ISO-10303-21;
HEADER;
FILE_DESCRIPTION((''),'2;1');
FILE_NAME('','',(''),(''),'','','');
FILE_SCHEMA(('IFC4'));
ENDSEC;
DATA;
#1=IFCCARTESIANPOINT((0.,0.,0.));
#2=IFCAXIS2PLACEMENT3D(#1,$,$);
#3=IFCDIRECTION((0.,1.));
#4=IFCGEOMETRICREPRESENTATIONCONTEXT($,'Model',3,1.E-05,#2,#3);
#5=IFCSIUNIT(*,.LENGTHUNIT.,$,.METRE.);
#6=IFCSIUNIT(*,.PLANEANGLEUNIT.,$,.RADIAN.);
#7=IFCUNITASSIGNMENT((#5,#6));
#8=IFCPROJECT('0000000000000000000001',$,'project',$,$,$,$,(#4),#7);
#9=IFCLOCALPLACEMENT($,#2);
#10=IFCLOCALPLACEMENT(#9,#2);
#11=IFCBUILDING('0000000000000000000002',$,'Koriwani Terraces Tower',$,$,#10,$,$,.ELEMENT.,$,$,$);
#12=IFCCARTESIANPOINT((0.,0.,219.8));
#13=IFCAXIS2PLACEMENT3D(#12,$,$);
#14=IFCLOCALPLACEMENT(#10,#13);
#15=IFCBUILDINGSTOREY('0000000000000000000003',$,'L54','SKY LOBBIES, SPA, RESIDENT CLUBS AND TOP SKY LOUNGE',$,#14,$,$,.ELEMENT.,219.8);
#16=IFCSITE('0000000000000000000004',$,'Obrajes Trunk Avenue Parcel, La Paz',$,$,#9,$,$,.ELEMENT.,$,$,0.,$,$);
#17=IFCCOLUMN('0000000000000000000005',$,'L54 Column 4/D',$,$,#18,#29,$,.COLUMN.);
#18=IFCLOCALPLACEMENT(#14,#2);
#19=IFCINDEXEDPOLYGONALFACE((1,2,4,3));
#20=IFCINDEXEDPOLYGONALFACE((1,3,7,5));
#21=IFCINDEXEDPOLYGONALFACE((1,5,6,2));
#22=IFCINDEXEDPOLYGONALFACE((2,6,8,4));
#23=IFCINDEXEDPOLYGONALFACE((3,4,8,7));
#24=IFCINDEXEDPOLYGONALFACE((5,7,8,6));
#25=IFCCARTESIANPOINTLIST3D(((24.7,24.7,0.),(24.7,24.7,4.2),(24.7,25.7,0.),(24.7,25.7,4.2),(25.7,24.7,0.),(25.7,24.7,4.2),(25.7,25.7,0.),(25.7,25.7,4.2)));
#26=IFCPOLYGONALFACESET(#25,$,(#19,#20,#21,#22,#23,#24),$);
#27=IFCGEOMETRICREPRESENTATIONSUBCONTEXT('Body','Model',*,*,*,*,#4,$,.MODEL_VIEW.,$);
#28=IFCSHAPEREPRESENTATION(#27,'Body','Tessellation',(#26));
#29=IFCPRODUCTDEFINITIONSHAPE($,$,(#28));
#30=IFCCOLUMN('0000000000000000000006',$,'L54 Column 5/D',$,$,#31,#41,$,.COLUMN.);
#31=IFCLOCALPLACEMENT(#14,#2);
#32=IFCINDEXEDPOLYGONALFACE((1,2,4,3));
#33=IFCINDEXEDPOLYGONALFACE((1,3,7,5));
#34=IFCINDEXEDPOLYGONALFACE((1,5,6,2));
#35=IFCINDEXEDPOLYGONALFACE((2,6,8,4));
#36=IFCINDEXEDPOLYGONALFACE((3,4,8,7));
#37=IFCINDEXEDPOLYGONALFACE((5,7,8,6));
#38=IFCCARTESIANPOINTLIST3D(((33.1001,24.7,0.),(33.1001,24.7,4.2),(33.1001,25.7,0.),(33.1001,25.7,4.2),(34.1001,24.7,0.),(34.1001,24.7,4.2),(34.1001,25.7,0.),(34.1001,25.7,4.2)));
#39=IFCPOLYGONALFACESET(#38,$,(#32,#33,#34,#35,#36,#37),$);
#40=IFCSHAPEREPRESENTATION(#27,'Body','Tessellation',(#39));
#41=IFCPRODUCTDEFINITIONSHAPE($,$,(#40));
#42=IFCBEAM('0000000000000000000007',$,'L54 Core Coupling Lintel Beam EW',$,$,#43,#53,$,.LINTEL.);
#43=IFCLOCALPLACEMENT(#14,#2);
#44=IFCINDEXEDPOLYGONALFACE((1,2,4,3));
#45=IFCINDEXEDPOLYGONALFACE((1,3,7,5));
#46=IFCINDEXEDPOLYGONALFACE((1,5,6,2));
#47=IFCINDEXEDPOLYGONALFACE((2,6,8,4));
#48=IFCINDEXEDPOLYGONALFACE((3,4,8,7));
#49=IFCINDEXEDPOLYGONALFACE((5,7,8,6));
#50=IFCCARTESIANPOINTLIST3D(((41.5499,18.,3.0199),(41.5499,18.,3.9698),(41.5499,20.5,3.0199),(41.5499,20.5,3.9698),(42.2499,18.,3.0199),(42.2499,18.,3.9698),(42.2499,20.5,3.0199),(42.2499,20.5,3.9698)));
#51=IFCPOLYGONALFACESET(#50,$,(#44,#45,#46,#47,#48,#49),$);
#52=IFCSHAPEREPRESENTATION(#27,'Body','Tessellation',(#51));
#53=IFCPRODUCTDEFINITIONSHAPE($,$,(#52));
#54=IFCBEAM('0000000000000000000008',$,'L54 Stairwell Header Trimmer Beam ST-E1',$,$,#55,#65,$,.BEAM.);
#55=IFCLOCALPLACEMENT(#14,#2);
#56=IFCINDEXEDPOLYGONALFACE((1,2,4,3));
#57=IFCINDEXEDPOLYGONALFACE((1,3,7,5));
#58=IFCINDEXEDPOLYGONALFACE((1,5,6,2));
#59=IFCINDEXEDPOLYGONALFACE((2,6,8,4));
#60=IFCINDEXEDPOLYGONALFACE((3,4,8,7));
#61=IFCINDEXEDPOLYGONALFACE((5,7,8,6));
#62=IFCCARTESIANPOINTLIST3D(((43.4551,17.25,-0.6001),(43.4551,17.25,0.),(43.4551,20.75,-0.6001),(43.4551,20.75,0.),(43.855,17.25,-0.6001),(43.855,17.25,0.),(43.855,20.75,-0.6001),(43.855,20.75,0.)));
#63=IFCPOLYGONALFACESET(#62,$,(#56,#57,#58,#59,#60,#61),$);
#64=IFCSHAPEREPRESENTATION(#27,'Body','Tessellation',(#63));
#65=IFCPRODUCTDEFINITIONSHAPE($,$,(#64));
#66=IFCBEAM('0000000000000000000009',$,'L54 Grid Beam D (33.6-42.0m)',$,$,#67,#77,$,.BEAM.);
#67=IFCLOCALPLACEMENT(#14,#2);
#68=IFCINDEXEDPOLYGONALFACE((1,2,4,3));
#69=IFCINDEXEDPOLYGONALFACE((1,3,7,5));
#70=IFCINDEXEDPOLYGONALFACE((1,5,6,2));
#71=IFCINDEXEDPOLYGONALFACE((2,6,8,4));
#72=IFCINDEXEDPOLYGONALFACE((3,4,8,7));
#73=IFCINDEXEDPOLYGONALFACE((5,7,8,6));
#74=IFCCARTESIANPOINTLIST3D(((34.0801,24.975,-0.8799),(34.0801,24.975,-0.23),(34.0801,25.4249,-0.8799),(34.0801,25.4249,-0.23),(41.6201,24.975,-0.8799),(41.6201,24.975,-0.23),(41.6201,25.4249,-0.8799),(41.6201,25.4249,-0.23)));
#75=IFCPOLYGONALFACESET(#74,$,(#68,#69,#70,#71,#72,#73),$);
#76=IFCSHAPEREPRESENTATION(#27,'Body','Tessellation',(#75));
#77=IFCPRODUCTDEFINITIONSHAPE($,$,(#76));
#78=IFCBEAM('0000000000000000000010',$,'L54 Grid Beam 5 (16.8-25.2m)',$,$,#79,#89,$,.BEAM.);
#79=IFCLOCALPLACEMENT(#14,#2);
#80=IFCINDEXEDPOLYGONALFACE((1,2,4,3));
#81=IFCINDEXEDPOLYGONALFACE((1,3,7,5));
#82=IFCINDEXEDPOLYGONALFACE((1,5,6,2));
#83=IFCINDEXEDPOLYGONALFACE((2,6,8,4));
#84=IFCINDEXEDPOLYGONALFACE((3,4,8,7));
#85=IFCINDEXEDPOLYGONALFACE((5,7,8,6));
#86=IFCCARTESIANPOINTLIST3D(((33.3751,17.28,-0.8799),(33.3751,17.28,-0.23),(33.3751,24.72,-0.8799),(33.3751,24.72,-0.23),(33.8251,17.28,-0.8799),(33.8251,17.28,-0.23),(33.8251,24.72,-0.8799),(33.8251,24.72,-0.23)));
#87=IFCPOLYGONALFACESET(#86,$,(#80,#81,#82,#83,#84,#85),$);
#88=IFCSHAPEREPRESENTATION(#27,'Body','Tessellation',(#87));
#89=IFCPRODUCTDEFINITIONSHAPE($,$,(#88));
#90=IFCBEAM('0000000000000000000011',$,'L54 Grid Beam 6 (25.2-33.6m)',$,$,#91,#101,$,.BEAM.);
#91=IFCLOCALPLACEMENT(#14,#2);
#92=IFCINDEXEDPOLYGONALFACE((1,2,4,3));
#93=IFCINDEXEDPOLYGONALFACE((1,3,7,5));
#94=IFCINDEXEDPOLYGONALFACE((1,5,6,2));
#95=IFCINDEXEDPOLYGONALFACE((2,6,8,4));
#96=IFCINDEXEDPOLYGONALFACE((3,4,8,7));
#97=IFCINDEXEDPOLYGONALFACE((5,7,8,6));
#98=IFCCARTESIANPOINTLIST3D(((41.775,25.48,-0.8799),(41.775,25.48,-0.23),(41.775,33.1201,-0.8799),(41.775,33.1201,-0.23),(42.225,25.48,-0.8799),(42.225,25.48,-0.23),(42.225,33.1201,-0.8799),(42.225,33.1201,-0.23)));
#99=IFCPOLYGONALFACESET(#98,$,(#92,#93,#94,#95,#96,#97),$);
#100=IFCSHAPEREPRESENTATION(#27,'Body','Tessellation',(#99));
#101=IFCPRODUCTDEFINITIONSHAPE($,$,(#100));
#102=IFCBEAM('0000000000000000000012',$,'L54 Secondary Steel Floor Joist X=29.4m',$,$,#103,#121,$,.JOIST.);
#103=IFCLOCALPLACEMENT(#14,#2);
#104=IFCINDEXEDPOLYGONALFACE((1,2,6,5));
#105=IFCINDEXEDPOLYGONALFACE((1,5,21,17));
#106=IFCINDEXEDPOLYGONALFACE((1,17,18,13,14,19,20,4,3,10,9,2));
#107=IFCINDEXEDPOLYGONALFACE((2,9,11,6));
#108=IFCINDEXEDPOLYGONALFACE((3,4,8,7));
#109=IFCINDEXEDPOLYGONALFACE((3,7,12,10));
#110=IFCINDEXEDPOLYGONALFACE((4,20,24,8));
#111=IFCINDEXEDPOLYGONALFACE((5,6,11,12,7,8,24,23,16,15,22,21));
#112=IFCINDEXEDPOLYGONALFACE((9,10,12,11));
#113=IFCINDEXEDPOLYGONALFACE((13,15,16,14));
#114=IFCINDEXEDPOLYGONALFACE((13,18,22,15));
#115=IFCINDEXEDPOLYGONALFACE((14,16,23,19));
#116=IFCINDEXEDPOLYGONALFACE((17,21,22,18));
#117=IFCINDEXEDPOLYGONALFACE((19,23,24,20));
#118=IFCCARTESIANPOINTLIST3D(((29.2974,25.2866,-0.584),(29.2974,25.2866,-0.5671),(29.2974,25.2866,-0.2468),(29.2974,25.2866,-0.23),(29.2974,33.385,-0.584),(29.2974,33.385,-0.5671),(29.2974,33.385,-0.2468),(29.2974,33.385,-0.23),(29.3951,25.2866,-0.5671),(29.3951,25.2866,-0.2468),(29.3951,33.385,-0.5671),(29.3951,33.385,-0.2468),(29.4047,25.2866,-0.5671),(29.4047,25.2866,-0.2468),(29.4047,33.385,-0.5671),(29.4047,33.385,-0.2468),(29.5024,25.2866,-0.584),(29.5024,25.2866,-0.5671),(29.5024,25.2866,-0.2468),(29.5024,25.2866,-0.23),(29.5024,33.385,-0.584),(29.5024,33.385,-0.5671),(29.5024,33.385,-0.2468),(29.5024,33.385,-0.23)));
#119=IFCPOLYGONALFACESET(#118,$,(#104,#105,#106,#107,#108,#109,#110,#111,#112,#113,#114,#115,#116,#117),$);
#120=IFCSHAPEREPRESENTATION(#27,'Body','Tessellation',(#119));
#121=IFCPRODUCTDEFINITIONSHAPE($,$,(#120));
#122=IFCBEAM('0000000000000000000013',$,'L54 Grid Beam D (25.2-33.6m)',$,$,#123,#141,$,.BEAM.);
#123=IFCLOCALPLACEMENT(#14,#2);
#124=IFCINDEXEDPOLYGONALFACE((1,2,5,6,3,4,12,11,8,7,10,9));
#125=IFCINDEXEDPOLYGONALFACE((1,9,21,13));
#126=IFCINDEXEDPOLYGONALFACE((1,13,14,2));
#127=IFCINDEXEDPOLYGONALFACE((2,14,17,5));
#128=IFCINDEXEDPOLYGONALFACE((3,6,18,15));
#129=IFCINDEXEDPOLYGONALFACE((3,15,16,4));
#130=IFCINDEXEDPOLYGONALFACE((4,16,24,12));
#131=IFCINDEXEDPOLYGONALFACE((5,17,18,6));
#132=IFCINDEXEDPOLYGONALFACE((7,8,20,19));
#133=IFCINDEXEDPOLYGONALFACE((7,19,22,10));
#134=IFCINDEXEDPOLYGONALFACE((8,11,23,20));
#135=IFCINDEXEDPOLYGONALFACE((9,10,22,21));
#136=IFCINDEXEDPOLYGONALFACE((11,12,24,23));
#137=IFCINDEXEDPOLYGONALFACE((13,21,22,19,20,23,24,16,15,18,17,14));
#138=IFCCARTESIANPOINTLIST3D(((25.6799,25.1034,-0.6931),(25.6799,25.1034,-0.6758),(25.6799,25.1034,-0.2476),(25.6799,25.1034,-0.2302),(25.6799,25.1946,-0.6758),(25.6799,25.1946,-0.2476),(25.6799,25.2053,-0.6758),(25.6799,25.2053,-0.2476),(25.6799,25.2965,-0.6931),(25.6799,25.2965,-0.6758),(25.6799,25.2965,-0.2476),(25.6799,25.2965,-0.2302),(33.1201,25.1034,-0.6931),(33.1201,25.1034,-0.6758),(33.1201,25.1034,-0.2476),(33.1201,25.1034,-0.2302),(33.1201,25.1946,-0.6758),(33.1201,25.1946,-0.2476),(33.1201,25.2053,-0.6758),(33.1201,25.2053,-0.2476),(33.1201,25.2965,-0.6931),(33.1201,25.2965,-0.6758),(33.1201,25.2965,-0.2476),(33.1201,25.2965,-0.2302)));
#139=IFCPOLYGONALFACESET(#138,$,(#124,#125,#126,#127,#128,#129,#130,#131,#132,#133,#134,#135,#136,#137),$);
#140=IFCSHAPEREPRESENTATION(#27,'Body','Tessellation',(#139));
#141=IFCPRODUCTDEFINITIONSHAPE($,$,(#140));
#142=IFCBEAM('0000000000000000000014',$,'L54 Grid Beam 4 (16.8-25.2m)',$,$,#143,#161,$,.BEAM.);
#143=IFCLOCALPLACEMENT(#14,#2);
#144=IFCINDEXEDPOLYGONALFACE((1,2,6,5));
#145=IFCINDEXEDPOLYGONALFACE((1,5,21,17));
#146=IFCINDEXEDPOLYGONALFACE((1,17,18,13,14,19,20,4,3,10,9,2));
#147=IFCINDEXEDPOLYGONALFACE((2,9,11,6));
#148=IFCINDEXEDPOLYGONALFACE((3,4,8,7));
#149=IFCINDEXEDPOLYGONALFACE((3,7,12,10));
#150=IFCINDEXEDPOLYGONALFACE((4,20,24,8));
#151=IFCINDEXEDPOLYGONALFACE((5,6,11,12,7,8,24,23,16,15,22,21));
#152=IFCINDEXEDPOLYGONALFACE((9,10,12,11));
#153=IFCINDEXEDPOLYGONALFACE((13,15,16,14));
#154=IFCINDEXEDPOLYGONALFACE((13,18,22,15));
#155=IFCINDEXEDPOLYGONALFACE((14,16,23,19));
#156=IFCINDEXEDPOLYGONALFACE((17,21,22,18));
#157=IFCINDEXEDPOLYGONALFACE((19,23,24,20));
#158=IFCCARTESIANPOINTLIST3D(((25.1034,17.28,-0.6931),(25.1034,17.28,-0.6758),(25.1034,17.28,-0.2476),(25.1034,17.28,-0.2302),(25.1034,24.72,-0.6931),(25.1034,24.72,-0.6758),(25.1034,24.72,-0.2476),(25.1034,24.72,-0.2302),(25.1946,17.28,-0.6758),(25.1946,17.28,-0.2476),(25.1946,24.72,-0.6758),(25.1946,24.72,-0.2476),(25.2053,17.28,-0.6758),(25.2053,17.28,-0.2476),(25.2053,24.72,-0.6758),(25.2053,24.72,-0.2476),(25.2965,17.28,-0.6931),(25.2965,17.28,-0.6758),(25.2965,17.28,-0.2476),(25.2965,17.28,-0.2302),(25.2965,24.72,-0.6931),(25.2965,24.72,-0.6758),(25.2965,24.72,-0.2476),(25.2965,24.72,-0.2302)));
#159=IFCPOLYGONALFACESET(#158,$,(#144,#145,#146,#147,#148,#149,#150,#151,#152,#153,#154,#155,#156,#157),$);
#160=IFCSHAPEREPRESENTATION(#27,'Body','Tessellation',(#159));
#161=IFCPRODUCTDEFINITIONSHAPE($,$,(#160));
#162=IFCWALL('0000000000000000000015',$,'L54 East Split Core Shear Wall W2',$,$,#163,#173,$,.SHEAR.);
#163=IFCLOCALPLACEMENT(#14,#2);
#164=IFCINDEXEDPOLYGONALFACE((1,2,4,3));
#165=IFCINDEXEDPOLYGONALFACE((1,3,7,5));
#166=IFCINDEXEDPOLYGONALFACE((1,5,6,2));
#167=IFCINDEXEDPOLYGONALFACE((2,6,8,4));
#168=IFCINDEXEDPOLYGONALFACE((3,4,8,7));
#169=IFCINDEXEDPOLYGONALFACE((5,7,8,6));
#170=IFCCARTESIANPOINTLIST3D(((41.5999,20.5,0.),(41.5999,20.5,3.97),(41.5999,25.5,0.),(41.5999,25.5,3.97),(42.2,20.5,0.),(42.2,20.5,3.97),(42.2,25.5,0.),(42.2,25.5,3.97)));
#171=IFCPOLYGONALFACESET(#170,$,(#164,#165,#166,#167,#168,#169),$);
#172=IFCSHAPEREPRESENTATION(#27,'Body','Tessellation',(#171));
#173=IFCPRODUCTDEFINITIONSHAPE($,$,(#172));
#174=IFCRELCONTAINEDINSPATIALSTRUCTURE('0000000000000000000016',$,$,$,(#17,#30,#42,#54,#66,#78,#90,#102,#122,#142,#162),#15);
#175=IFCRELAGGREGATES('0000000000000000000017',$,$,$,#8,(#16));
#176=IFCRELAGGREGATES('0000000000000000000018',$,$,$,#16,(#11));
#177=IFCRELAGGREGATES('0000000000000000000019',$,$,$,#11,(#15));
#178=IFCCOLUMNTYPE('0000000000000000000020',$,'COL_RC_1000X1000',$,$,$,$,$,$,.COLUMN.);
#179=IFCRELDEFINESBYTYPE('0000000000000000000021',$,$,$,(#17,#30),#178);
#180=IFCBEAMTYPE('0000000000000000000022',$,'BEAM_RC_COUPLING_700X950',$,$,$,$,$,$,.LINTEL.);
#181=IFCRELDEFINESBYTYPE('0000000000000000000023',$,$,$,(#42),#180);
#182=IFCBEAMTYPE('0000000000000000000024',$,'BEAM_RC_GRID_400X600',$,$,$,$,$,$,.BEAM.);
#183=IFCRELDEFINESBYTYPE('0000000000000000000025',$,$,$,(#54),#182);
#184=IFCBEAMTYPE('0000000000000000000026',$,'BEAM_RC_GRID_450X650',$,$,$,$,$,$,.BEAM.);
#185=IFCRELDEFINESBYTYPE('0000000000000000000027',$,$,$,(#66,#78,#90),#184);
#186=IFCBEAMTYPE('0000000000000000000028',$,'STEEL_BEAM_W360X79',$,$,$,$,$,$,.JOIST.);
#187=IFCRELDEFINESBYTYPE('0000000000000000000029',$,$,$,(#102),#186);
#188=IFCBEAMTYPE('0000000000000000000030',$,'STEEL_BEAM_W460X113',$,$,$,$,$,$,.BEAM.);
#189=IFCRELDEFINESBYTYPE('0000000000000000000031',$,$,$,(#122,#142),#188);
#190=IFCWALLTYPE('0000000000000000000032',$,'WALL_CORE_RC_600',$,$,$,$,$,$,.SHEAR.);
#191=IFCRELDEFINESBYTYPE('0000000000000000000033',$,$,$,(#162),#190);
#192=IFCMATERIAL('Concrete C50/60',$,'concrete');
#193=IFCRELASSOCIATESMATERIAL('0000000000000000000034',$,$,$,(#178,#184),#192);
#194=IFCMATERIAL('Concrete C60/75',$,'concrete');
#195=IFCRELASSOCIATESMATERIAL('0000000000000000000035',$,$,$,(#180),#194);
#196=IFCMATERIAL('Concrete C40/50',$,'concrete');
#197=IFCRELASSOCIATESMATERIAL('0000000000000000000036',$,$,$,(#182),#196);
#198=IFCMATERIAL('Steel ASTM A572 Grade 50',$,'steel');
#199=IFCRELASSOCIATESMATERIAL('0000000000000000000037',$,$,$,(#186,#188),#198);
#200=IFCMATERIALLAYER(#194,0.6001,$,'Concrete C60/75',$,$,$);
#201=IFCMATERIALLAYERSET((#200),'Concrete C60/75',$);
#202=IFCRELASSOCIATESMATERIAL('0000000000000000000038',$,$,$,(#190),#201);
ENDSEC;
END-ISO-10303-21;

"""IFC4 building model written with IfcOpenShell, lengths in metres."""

from ifc_helpers import new_model, si_unit, direction, frame, frame_2d, origin, origin_2d, place, context, subcontext, project, spatial, rectangle, i_section, extrude, material, layer, layer_set, material_profile, profile_set, type_object, element, save


model = new_model("IFC4")

# Units and contexts
model_context = context("Model", 3, precision=1e-05, world=origin(), true_north=direction((0.0, 1.0)))
body_context = subcontext(model_context, "Body", "Model", "MODEL_VIEW")
ifc_project = project(units=[si_unit("LENGTHUNIT", "METRE"), si_unit("PLANEANGLEUNIT", "RADIAN")], contexts=[model_context])

# Site, building, storey
site_placement = place(None, origin())
site = spatial("IfcSite", under=ifc_project, at=site_placement, Name="Obrajes Trunk Avenue Parcel, La Paz", CompositionType="ELEMENT", RefElevation=0.0)
building_placement = place(site_placement, origin())
building = spatial("IfcBuilding", under=site, at=building_placement, Name="Koriwani Terraces Tower", CompositionType="ELEMENT")
storey_placement = place(building_placement, frame((0.0, 0.0, 219.8)))
storey = spatial("IfcBuildingStorey", under=building, at=storey_placement, Name="L54", Description="SKY LOBBIES, SPA, RESIDENT CLUBS AND TOP SKY LOUNGE", CompositionType="ELEMENT", Elevation=219.8)

# Columns
ifc_material_1 = material(Name="Concrete C50/60", Category="concrete")
ifc_material_profile_1 = material_profile(ifc_material_1, rectangle(XDim=1.0, YDim=1.0, at=origin_2d()), Name="Concrete C50/60", Category="LoadBearing")
ifc_profile_set_1 = profile_set([ifc_material_profile_1], Name="Concrete C50/60")
column_type = type_object("IfcColumnType", Name="COL_RC_1000X1000", PredefinedType="COLUMN", material=ifc_profile_set_1)
for number, where, z_axis, x_axis, name in (
    (1, (25.2, 25.2, 0.0), (0.0, 0.0, 1.0), (1.0, 0.0, 0.0), "L54 Column 4/D"),
    (2, (33.6001, 25.2, 0.0), (0.0, 0.0, 1.0), (1.0, 0.0, 0.0), "L54 Column 5/D"),
):
    element("IfcColumn", number, at=place(storey_placement, frame(where, z_axis=z_axis, x_axis=x_axis)), inside=storey, type_object=column_type, Name=name, PredefinedType="COLUMN", context=body_context, shape_type="SweptSolid", body=[
        extrude(rectangle(XDim=1.0, YDim=1.0, at=origin_2d()), origin(), (0.0, 0.0, 1.0), 4.2),
    ])

# Beams
ifc_material_2 = material(Name="Concrete C60/75", Category="concrete")
ifc_material_profile_2 = material_profile(ifc_material_2, rectangle(XDim=0.7, YDim=0.95, at=origin_2d()), Name="Concrete C60/75", Category="LoadBearing")
ifc_profile_set_2 = profile_set([ifc_material_profile_2], Name="Concrete C60/75")
beam_type_1 = type_object("IfcBeamType", Name="BEAM_RC_COUPLING_700X950", PredefinedType="LINTEL", material=ifc_profile_set_2)
beam_1_placement = place(storey_placement, frame((41.8999, 18.0, 3.4949), z_axis=(0.0, 1.0, 0.0), x_axis=(-1.0, 0.0, 0.0)))
element("IfcBeam", 3, at=beam_1_placement, inside=storey, type_object=beam_type_1, Name="L54 Core Coupling Lintel Beam EW", PredefinedType="LINTEL", context=body_context, shape_type="SweptSolid", body=[
    extrude(rectangle(XDim=0.7, YDim=0.95, at=origin_2d()), origin(), (0.0, 0.0, 1.0), 2.5),
])
ifc_material_3 = material(Name="Concrete C40/50", Category="concrete")
ifc_material_profile_3 = material_profile(ifc_material_3, rectangle(XDim=0.3999, YDim=0.6001, at=origin_2d()), Name="Concrete C40/50", Category="LoadBearing")
ifc_profile_set_3 = profile_set([ifc_material_profile_3], Name="Concrete C40/50")
beam_type_2 = type_object("IfcBeamType", Name="BEAM_RC_GRID_400X600", PredefinedType="BEAM", material=ifc_profile_set_3)
beam_2_placement = place(storey_placement, frame((43.655, 17.25, -0.3), z_axis=(0.0, 1.0, 0.0), x_axis=(-1.0, 0.0, 0.0)))
element("IfcBeam", 4, at=beam_2_placement, inside=storey, type_object=beam_type_2, Name="L54 Stairwell Header Trimmer Beam ST-E1", PredefinedType="BEAM", context=body_context, shape_type="SweptSolid", body=[
    extrude(rectangle(XDim=0.3999, YDim=0.6001, at=origin_2d()), origin(), (0.0, 0.0, 1.0), 3.5),
])
ifc_material_profile_4 = material_profile(ifc_material_1, rectangle(XDim=0.45, YDim=0.6499, at=origin_2d()), Name="Concrete C50/60", Category="LoadBearing")
ifc_profile_set_4 = profile_set([ifc_material_profile_4], Name="Concrete C50/60")
beam_type_3 = type_object("IfcBeamType", Name="BEAM_RC_GRID_450X650", PredefinedType="BEAM", material=ifc_profile_set_4)
beam_3_placement = place(storey_placement, frame((34.0801, 25.2, -0.5549), z_axis=(1.0, 0.0, 0.0), x_axis=(0.0, 1.0, 0.0)))
element("IfcBeam", 5, at=beam_3_placement, inside=storey, type_object=beam_type_3, Name="L54 Grid Beam D (33.6-42.0m)", PredefinedType="BEAM", context=body_context, shape_type="SweptSolid", body=[
    extrude(rectangle(XDim=0.45, YDim=0.6499, at=origin_2d()), origin(), (0.0, 0.0, 1.0), 7.54),
])
beam_4_placement = place(storey_placement, frame((33.6001, 17.28, -0.5549), z_axis=(0.0, 1.0, 0.0), x_axis=(-1.0, 0.0, 0.0)))
element("IfcBeam", 6, at=beam_4_placement, inside=storey, type_object=beam_type_3, Name="L54 Grid Beam 5 (16.8-25.2m)", PredefinedType="BEAM", context=body_context, shape_type="SweptSolid", body=[
    extrude(rectangle(XDim=0.45, YDim=0.6499, at=origin_2d()), origin(), (0.0, 0.0, 1.0), 7.4399),
])
beam_5_placement = place(storey_placement, frame((42.0, 25.48, -0.5549), z_axis=(0.0, 1.0, 0.0), x_axis=(-1.0, 0.0, 0.0)))
element("IfcBeam", 7, at=beam_5_placement, inside=storey, type_object=beam_type_3, Name="L54 Grid Beam 6 (25.2-33.6m)", PredefinedType="BEAM", context=body_context, shape_type="SweptSolid", body=[
    extrude(rectangle(XDim=0.45, YDim=0.6499, at=origin_2d()), origin(), (0.0, 0.0, 1.0), 7.6401),
])
ifc_material_4 = material(Name="Steel ASTM A572 Grade 50", Category="steel")
ifc_material_profile_5 = material_profile(ifc_material_4, i_section(OverallWidth=0.2051, OverallDepth=0.354, WebThickness=0.0095, FlangeThickness=0.0168, at=origin_2d()), Name="Steel ASTM A572 Grade 50", Category="LoadBearing")
ifc_profile_set_5 = profile_set([ifc_material_profile_5], Name="Steel ASTM A572 Grade 50")
beam_type_4 = type_object("IfcBeamType", Name="STEEL_BEAM_W360X79", PredefinedType="JOIST", material=ifc_profile_set_5)
beam_6_placement = place(storey_placement, frame((29.3999, 25.2866, -0.407), z_axis=(0.0, 1.0, 0.0), x_axis=(-1.0, 0.0, 0.0)))
element("IfcBeam", 8, at=beam_6_placement, inside=storey, type_object=beam_type_4, Name="L54 Secondary Steel Floor Joist X=29.4m", PredefinedType="JOIST", context=body_context, shape_type="SweptSolid", body=[
    extrude(i_section(OverallWidth=0.2051, OverallDepth=0.354, WebThickness=0.0095, FlangeThickness=0.0168, at=origin_2d()), origin(), (0.0, 0.0, 1.0), 8.0984),
])
ifc_material_profile_6 = material_profile(ifc_material_4, i_section(OverallWidth=0.1931, OverallDepth=0.4629, WebThickness=0.0107, FlangeThickness=0.0173, at=origin_2d()), Name="Steel ASTM A572 Grade 50", Category="LoadBearing")
ifc_profile_set_6 = profile_set([ifc_material_profile_6], Name="Steel ASTM A572 Grade 50")
beam_type_5 = type_object("IfcBeamType", Name="STEEL_BEAM_W460X113", PredefinedType="BEAM", material=ifc_profile_set_6)
beam_7_placement = place(storey_placement, frame((25.6799, 25.2, -0.4617), z_axis=(1.0, 0.0, 0.0), x_axis=(0.0, 1.0, 0.0)))
element("IfcBeam", 9, at=beam_7_placement, inside=storey, type_object=beam_type_5, Name="L54 Grid Beam D (25.2-33.6m)", PredefinedType="BEAM", context=body_context, shape_type="SweptSolid", body=[
    extrude(i_section(OverallWidth=0.1931, OverallDepth=0.4629, WebThickness=0.0107, FlangeThickness=0.0173, at=origin_2d()), origin(), (0.0, 0.0, 1.0), 7.4402),
])
beam_8_placement = place(storey_placement, frame((25.2, 17.28, -0.4617), z_axis=(0.0, 1.0, 0.0), x_axis=(-1.0, 0.0, 0.0)))
element("IfcBeam", 10, at=beam_8_placement, inside=storey, type_object=beam_type_5, Name="L54 Grid Beam 4 (16.8-25.2m)", PredefinedType="BEAM", context=body_context, shape_type="SweptSolid", body=[
    extrude(i_section(OverallWidth=0.1931, OverallDepth=0.4629, WebThickness=0.0107, FlangeThickness=0.0173, at=origin_2d()), origin(), (0.0, 0.0, 1.0), 7.4399),
])

# Wall
ifc_layer_1 = layer(ifc_material_2, 0.6001, Name="Concrete C60/75")
ifc_layer_set_1 = layer_set([ifc_layer_1], Name="Concrete C60/75")
wall_type_1 = type_object("IfcWallType", Name="WALL_CORE_RC_600", PredefinedType="SHEAR", material=ifc_layer_set_1)
wall_1_placement = place(storey_placement, frame((41.8999, 20.5, 0.0), z_axis=(0.0, 0.0, 1.0), x_axis=(0.0, 1.0, 0.0)))
element("IfcWall", 11, at=wall_1_placement, inside=storey, type_object=wall_type_1, Name="L54 East Split Core Shear Wall W2", PredefinedType="SHEAR", context=body_context, shape_type="SweptSolid", body=[
    extrude(rectangle(XDim=5.0, YDim=0.6001, at=frame_2d((2.5, 0.0))), origin(), (0.0, 0.0, 1.0), 3.97),
])

save(model, "model.ifc")
